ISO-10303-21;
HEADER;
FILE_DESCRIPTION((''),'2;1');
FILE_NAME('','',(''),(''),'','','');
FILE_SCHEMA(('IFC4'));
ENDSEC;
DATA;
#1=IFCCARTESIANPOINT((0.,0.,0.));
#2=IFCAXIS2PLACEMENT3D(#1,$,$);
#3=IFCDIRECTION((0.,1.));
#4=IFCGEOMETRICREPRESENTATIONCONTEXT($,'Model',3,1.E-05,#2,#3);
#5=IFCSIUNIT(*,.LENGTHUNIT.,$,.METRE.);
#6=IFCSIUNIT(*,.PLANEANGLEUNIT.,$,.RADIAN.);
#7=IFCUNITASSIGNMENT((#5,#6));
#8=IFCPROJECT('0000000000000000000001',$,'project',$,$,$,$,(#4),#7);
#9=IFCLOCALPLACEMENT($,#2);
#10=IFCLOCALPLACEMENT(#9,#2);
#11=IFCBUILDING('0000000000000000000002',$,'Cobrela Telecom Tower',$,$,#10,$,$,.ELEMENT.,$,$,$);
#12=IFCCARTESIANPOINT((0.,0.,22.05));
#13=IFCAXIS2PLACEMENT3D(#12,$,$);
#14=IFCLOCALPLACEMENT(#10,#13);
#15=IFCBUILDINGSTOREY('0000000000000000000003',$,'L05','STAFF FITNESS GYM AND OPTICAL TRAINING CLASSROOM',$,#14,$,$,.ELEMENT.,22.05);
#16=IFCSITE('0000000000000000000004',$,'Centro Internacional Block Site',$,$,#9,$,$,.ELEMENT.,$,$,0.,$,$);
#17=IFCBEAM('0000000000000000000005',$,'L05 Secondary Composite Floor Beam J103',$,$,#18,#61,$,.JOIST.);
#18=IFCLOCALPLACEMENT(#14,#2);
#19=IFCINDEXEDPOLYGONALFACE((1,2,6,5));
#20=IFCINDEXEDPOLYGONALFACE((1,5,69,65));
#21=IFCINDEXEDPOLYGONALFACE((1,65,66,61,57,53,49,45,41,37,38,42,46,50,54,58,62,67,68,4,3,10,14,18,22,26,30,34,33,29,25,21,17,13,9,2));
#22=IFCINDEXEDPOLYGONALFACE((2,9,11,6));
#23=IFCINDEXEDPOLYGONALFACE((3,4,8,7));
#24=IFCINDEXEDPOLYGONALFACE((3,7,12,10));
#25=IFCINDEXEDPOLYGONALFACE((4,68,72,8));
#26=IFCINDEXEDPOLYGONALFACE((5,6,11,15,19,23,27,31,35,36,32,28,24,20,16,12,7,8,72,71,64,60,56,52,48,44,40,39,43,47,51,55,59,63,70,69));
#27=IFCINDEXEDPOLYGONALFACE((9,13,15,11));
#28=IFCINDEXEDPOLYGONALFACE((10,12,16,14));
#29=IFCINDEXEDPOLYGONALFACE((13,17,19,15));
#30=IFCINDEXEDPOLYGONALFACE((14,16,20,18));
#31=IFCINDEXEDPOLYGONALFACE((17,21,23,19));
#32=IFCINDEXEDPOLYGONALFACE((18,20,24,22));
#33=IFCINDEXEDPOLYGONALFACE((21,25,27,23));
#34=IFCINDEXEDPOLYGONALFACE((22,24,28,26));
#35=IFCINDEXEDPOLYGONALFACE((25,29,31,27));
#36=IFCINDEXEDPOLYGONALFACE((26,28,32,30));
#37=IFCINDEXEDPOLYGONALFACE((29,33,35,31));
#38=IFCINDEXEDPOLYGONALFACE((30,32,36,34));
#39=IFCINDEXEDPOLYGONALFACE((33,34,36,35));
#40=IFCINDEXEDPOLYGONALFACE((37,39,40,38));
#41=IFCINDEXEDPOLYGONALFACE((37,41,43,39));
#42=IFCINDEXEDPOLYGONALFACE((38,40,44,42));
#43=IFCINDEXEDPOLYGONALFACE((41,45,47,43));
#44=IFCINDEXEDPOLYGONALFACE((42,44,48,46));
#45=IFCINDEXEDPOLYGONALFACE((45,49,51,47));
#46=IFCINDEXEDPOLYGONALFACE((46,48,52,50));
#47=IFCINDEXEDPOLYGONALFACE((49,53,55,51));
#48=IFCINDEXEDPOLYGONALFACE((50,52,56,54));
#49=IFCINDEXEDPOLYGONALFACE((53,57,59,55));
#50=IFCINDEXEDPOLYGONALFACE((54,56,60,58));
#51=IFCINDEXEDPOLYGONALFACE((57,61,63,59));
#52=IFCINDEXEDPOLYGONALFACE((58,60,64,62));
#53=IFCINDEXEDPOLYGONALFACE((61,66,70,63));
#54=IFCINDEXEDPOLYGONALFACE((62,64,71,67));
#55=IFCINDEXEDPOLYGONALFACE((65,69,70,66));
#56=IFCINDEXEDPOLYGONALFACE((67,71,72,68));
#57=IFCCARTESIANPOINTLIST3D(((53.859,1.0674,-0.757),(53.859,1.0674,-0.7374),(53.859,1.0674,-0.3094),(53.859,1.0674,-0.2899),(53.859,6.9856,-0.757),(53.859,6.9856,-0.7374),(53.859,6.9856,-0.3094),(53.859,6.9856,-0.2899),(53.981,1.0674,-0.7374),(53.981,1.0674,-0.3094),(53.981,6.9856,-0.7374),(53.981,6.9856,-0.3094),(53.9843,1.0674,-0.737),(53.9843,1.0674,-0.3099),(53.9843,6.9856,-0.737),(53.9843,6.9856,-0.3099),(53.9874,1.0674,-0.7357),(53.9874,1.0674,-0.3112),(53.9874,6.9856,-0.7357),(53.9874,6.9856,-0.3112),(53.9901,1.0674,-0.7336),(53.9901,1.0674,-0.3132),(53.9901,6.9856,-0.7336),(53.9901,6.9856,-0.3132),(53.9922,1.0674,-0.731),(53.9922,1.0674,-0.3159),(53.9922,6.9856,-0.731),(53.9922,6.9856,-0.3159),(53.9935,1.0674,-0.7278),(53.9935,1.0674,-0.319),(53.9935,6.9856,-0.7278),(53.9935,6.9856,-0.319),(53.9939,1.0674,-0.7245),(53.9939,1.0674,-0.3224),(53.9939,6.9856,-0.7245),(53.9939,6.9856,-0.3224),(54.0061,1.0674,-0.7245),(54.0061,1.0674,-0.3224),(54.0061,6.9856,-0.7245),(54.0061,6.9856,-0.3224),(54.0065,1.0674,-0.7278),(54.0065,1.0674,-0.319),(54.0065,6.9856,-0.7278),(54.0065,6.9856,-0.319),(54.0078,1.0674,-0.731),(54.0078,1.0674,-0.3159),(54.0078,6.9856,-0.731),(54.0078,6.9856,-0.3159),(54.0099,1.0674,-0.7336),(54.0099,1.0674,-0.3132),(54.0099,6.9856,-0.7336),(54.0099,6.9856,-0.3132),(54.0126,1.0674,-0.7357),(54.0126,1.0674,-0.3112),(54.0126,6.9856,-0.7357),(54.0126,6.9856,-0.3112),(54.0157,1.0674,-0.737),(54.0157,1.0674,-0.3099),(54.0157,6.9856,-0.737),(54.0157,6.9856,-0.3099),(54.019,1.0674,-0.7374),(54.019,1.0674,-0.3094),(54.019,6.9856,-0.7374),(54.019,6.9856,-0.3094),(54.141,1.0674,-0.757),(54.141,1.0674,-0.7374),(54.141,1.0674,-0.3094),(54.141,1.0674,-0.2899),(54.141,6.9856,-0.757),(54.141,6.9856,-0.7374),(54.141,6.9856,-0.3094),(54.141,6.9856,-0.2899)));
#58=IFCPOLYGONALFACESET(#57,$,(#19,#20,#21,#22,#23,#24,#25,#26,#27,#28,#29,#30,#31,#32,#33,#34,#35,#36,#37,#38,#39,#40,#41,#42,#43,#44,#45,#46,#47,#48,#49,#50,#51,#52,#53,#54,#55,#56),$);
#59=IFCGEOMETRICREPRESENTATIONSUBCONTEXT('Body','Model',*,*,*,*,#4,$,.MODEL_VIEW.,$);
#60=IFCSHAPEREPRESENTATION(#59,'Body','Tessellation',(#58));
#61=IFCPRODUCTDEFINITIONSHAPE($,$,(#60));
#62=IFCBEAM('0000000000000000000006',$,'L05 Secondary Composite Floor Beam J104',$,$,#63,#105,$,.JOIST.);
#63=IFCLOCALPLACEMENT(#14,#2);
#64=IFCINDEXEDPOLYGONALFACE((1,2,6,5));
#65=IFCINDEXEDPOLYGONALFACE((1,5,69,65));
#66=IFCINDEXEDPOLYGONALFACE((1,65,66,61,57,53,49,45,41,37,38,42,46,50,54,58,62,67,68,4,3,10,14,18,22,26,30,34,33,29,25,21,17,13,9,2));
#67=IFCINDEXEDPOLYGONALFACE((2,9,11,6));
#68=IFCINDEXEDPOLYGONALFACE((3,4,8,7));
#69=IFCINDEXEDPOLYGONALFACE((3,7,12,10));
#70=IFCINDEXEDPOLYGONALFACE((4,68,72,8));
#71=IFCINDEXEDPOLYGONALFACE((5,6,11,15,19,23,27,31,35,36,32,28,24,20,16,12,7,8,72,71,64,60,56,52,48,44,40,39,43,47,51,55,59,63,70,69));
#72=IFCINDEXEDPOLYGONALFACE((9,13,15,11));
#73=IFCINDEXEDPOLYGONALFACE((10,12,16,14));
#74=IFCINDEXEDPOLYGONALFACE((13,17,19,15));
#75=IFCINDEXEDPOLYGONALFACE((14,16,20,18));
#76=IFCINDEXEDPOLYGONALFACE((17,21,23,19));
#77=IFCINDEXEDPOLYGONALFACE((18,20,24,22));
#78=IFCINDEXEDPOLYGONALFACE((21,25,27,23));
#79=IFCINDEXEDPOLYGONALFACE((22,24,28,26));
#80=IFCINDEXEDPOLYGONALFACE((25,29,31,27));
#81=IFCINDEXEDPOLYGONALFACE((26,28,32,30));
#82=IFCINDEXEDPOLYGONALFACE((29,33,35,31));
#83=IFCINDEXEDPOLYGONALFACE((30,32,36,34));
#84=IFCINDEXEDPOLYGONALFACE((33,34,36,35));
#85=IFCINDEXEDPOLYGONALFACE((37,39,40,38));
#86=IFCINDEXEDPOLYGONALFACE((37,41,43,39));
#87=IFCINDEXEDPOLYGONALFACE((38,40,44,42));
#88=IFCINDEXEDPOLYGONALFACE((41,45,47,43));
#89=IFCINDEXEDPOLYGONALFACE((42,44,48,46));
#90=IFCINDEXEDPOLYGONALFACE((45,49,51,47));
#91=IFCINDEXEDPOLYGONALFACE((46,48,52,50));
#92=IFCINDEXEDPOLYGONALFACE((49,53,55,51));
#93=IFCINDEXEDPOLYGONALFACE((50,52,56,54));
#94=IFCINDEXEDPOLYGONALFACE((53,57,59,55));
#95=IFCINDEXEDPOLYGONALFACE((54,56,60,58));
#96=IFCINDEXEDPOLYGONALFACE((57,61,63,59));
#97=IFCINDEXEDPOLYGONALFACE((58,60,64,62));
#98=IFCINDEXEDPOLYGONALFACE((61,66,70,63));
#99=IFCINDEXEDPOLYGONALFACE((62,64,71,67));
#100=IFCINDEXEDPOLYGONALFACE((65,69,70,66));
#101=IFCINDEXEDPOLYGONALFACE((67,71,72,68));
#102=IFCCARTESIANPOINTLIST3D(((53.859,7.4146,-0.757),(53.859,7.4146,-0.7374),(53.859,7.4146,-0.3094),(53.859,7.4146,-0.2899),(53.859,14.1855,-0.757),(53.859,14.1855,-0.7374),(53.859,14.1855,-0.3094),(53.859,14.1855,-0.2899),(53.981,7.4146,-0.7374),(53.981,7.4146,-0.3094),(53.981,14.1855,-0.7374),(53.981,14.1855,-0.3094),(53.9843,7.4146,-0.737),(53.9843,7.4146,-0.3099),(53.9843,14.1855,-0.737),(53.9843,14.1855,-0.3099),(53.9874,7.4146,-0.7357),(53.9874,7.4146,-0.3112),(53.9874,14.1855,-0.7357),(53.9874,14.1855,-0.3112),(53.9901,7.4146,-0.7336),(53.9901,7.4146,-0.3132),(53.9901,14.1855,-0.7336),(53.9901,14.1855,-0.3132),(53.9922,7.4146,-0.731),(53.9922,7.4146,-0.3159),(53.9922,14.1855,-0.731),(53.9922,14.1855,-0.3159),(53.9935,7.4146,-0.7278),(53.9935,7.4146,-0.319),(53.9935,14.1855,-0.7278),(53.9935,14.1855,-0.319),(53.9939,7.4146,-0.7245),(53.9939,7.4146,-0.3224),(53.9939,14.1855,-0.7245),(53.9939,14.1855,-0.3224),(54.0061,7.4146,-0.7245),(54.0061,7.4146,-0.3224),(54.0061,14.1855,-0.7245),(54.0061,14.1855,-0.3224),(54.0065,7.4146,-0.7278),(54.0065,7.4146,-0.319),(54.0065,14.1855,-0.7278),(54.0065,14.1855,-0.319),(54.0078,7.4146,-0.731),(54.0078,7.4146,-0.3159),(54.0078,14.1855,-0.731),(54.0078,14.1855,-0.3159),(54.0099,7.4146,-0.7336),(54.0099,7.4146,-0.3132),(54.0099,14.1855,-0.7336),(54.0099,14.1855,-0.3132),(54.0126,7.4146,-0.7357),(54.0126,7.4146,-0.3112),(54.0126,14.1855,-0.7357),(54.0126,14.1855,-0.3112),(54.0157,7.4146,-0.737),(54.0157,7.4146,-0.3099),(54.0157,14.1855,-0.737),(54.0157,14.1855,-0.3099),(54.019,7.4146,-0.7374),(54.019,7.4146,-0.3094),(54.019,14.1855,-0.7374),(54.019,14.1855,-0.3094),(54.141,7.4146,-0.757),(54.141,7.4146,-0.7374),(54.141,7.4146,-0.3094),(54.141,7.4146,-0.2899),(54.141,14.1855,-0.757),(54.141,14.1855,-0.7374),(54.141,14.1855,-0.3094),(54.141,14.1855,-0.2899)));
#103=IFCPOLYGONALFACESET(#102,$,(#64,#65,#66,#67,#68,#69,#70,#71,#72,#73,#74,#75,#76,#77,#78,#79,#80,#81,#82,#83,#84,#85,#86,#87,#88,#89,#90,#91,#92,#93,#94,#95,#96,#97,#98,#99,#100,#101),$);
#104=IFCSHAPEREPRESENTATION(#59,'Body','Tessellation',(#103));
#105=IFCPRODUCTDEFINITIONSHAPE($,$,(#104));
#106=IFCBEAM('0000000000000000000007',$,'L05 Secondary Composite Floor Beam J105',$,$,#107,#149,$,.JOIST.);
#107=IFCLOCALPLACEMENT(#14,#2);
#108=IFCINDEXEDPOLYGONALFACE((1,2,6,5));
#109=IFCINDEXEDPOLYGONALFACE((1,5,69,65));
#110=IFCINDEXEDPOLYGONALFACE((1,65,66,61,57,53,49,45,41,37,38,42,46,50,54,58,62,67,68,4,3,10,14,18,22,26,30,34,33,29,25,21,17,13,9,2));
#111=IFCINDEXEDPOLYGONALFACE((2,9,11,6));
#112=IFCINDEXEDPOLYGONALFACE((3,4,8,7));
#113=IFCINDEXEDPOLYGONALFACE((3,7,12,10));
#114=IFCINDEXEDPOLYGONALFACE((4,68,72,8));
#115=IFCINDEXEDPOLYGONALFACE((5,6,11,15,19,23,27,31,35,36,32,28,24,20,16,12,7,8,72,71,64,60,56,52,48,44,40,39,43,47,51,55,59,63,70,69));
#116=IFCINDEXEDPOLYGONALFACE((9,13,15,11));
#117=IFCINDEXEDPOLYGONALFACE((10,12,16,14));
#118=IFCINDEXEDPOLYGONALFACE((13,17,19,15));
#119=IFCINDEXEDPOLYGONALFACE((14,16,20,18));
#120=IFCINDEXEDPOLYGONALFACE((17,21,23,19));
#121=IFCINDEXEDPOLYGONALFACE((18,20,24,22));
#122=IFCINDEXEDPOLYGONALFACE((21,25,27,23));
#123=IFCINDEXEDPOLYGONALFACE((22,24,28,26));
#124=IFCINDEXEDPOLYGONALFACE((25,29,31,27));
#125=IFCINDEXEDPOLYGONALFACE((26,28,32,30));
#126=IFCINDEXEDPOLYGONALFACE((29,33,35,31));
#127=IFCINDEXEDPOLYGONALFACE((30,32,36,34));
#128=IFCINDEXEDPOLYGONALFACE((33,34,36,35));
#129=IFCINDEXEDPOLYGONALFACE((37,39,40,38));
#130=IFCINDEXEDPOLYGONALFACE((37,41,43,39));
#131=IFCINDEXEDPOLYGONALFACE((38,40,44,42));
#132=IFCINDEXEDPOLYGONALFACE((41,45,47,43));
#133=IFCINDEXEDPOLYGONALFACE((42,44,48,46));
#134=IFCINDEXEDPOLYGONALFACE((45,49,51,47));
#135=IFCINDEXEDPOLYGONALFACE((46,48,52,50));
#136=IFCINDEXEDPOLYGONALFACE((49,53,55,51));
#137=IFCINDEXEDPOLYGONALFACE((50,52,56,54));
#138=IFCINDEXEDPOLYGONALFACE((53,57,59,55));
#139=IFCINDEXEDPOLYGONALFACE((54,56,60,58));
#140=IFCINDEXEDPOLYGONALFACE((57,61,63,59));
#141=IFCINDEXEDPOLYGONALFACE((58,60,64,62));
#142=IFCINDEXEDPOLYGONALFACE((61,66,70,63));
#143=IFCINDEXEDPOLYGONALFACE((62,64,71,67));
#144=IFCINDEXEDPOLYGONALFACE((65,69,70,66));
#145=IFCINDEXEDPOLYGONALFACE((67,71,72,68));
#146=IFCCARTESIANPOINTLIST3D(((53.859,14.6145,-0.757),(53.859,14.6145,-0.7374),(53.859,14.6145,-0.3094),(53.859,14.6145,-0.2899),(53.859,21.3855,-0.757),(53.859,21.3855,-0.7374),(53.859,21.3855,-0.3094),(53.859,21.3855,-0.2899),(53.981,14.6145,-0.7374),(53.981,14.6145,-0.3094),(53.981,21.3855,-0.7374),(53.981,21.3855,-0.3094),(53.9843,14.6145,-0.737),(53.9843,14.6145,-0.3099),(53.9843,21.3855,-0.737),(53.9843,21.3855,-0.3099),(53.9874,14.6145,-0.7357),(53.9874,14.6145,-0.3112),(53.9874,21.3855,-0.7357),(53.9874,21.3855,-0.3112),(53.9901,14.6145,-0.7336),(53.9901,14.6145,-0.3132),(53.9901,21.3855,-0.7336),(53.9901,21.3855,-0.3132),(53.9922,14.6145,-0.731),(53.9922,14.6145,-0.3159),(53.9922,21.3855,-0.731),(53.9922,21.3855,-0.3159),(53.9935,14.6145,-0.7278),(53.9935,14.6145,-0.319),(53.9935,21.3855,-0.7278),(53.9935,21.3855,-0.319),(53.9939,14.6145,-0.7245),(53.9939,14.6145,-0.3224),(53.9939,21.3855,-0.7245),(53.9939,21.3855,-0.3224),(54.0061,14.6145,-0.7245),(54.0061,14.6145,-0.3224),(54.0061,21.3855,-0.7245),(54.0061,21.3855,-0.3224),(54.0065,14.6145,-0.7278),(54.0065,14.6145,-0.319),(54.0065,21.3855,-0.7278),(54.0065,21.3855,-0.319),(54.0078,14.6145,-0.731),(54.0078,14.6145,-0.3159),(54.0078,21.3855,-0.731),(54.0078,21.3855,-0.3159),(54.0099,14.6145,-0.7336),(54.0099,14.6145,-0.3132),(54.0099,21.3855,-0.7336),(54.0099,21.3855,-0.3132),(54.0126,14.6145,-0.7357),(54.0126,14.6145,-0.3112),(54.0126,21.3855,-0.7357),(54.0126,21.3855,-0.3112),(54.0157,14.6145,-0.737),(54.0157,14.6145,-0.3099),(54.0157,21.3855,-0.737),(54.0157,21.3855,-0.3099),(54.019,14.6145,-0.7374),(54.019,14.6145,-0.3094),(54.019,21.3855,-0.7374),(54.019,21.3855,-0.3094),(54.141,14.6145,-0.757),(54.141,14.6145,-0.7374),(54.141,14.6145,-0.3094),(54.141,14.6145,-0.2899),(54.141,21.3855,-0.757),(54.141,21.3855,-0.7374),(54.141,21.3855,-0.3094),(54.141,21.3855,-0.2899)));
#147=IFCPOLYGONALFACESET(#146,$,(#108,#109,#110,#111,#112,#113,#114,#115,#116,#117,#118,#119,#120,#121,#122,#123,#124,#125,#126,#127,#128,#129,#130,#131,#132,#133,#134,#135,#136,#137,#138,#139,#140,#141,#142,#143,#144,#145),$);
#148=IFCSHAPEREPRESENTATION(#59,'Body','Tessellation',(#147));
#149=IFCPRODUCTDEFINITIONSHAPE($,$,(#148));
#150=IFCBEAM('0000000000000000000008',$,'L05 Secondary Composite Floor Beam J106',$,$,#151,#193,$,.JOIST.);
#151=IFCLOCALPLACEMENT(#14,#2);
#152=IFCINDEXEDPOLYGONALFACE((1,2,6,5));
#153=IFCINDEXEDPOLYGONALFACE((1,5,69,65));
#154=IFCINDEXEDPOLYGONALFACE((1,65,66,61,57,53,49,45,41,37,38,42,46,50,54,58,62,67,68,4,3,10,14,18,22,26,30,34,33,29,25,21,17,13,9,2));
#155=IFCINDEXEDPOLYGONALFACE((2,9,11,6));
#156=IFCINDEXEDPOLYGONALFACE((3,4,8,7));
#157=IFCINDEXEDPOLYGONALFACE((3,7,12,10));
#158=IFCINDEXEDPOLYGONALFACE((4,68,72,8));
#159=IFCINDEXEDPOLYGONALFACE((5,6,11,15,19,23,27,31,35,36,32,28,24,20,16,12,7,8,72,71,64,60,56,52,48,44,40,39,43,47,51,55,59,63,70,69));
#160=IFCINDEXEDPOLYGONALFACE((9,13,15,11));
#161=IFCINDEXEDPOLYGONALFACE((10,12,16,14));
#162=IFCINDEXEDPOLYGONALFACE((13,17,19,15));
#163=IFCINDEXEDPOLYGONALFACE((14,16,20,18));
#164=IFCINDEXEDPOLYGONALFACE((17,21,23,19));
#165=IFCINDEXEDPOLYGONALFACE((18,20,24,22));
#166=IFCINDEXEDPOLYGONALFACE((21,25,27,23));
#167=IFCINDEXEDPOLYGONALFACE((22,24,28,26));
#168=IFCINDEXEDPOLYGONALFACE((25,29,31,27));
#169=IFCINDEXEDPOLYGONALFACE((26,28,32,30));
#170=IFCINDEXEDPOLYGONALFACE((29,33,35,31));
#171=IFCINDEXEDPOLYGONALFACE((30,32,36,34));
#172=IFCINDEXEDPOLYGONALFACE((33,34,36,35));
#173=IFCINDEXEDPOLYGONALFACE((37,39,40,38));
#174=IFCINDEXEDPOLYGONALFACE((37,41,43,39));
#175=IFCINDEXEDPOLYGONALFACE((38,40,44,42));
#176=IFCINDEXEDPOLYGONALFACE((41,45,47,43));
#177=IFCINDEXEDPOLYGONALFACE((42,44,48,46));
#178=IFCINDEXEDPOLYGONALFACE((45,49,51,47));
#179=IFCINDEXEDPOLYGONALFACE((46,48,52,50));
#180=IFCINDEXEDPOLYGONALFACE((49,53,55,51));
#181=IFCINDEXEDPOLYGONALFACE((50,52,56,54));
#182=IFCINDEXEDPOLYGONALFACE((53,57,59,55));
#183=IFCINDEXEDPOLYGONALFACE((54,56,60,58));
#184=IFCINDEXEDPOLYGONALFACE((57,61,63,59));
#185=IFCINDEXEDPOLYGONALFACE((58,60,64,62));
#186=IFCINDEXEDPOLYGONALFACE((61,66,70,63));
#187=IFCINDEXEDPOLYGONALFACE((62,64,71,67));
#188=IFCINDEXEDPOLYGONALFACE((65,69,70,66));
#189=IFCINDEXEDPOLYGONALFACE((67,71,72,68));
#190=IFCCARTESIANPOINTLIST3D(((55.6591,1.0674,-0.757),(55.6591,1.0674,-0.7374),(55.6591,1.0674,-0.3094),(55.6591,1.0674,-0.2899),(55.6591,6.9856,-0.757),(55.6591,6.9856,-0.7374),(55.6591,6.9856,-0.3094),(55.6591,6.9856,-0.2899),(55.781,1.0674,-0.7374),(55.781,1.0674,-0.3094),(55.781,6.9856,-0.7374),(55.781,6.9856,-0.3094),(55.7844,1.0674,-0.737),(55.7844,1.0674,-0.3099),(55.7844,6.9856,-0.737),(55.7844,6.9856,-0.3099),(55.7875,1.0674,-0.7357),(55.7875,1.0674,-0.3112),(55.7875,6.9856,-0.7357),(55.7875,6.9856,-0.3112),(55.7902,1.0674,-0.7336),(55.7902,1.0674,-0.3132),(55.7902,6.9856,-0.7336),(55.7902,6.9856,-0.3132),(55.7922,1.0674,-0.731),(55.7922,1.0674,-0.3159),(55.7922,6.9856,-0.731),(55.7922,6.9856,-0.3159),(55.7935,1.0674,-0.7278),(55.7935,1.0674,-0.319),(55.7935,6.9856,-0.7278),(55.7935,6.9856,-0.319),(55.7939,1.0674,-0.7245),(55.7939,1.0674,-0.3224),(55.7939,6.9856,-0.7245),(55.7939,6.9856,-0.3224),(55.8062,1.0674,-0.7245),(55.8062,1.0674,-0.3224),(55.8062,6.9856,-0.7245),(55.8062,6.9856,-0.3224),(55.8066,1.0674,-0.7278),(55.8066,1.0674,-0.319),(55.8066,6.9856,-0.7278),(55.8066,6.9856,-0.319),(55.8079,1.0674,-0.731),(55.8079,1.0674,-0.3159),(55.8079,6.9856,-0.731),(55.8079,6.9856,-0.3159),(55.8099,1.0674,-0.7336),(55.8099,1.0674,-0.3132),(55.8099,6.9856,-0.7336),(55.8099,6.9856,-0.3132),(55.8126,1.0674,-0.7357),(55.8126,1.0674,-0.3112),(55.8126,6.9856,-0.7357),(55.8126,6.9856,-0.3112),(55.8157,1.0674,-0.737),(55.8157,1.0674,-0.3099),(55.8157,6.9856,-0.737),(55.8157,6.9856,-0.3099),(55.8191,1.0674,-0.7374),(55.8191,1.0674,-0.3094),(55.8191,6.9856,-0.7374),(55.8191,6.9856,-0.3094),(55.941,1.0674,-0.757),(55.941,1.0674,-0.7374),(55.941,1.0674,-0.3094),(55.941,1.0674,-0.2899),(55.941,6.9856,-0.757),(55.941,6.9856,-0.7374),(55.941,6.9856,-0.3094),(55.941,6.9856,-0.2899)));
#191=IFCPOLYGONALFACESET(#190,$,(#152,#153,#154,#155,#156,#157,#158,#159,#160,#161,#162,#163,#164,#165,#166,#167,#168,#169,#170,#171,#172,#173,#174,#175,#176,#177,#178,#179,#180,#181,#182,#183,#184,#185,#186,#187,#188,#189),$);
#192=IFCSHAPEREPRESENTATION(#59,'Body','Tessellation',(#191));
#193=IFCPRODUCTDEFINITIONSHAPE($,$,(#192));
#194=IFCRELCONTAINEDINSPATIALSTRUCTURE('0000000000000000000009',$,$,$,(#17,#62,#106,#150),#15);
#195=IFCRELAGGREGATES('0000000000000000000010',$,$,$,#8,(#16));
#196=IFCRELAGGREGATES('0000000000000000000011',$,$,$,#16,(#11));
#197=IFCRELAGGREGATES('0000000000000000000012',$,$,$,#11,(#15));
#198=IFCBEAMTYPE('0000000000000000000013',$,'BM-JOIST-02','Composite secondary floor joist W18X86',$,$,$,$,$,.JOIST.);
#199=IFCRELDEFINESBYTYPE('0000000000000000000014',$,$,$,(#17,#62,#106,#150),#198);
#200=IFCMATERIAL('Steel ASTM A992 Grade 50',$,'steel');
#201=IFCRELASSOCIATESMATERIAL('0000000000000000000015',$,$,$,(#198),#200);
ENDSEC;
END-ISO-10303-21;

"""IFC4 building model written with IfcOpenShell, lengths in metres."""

from ifc_helpers import new_model, si_unit, direction, frame, origin, origin_2d, place, context, subcontext, project, spatial, i_section, extrude, material, material_profile, profile_set, type_object, element, save


model = new_model("IFC4")

# Units and contexts
model_context = context("Model", 3, precision=1e-05, world=origin(), true_north=direction((0.0, 1.0)))
body_context = subcontext(model_context, "Body", "Model", "MODEL_VIEW")
ifc_project = project(units=[si_unit("LENGTHUNIT", "METRE"), si_unit("PLANEANGLEUNIT", "RADIAN")], contexts=[model_context])

# Site, building, storey
site_placement = place(None, origin())
site = spatial("IfcSite", under=ifc_project, at=site_placement, Name="Centro Internacional Block Site", CompositionType="ELEMENT", RefElevation=0.0)
building_placement = place(site_placement, origin())
building = spatial("IfcBuilding", under=site, at=building_placement, Name="Cobrela Telecom Tower", CompositionType="ELEMENT")
storey_placement = place(building_placement, frame((0.0, 0.0, 22.05)))
storey = spatial("IfcBuildingStorey", under=building, at=storey_placement, Name="L05", Description="STAFF FITNESS GYM AND OPTICAL TRAINING CLASSROOM", CompositionType="ELEMENT", Elevation=22.05)

# Beams
ifc_material_1 = material(Name="Steel ASTM A992 Grade 50", Category="steel")
ifc_material_profile_1 = material_profile(ifc_material_1, i_section(OverallWidth=0.282, OverallDepth=0.467, WebThickness=0.0122, FlangeThickness=0.0195, FilletRadius=0.0129, at=origin_2d()), Name="W18X86")
ifc_profile_set_1 = profile_set([ifc_material_profile_1], Name="Steel ASTM A992 Grade 50")
beam_type_1 = type_object("IfcBeamType", Name="BM-JOIST-02", Description="Composite secondary floor joist W18X86", PredefinedType="JOIST", material=ifc_profile_set_1)
beam_1_placement = place(storey_placement, frame((54.0, 1.0674, -0.5234), z_axis=(0.0, 1.0, 0.0), x_axis=(-1.0, 0.0, 0.0)))
element("IfcBeam", 1, at=beam_1_placement, inside=storey, type_object=beam_type_1, Name="L05 Secondary Composite Floor Beam J103", PredefinedType="JOIST", context=body_context, shape_type="SweptSolid", body=[
    extrude(i_section(OverallWidth=0.282, OverallDepth=0.467, WebThickness=0.0122, FlangeThickness=0.0195, FilletRadius=0.0129, at=origin_2d()), origin(), (0.0, 0.0, 1.0), 5.9182),
])
for number, where, z_axis, x_axis, name in (
    (2, (54.0, 7.4146, -0.5234), (0.0, 1.0, 0.0), (-1.0, 0.0, 0.0), "L05 Secondary Composite Floor Beam J104"),
    (3, (54.0, 14.6145, -0.5234), (0.0, 1.0, 0.0), (-1.0, 0.0, 0.0), "L05 Secondary Composite Floor Beam J105"),
):
    element("IfcBeam", number, at=place(storey_placement, frame(where, z_axis=z_axis, x_axis=x_axis)), inside=storey, type_object=beam_type_1, Name=name, PredefinedType="JOIST", context=body_context, shape_type="SweptSolid", body=[
        extrude(i_section(OverallWidth=0.282, OverallDepth=0.467, WebThickness=0.0122, FlangeThickness=0.0195, FilletRadius=0.0129, at=origin_2d()), origin(), (0.0, 0.0, 1.0), 6.771),
    ])
beam_2_placement = place(storey_placement, frame((55.8, 1.0674, -0.5234), z_axis=(0.0, 1.0, 0.0), x_axis=(-1.0, 0.0, 0.0)))
element("IfcBeam", 4, at=beam_2_placement, inside=storey, type_object=beam_type_1, Name="L05 Secondary Composite Floor Beam J106", PredefinedType="JOIST", context=body_context, shape_type="SweptSolid", body=[
    extrude(i_section(OverallWidth=0.282, OverallDepth=0.467, WebThickness=0.0122, FlangeThickness=0.0195, FilletRadius=0.0129, at=origin_2d()), origin(), (0.0, 0.0, 1.0), 5.9182),
])

save(model, "model.ifc")
